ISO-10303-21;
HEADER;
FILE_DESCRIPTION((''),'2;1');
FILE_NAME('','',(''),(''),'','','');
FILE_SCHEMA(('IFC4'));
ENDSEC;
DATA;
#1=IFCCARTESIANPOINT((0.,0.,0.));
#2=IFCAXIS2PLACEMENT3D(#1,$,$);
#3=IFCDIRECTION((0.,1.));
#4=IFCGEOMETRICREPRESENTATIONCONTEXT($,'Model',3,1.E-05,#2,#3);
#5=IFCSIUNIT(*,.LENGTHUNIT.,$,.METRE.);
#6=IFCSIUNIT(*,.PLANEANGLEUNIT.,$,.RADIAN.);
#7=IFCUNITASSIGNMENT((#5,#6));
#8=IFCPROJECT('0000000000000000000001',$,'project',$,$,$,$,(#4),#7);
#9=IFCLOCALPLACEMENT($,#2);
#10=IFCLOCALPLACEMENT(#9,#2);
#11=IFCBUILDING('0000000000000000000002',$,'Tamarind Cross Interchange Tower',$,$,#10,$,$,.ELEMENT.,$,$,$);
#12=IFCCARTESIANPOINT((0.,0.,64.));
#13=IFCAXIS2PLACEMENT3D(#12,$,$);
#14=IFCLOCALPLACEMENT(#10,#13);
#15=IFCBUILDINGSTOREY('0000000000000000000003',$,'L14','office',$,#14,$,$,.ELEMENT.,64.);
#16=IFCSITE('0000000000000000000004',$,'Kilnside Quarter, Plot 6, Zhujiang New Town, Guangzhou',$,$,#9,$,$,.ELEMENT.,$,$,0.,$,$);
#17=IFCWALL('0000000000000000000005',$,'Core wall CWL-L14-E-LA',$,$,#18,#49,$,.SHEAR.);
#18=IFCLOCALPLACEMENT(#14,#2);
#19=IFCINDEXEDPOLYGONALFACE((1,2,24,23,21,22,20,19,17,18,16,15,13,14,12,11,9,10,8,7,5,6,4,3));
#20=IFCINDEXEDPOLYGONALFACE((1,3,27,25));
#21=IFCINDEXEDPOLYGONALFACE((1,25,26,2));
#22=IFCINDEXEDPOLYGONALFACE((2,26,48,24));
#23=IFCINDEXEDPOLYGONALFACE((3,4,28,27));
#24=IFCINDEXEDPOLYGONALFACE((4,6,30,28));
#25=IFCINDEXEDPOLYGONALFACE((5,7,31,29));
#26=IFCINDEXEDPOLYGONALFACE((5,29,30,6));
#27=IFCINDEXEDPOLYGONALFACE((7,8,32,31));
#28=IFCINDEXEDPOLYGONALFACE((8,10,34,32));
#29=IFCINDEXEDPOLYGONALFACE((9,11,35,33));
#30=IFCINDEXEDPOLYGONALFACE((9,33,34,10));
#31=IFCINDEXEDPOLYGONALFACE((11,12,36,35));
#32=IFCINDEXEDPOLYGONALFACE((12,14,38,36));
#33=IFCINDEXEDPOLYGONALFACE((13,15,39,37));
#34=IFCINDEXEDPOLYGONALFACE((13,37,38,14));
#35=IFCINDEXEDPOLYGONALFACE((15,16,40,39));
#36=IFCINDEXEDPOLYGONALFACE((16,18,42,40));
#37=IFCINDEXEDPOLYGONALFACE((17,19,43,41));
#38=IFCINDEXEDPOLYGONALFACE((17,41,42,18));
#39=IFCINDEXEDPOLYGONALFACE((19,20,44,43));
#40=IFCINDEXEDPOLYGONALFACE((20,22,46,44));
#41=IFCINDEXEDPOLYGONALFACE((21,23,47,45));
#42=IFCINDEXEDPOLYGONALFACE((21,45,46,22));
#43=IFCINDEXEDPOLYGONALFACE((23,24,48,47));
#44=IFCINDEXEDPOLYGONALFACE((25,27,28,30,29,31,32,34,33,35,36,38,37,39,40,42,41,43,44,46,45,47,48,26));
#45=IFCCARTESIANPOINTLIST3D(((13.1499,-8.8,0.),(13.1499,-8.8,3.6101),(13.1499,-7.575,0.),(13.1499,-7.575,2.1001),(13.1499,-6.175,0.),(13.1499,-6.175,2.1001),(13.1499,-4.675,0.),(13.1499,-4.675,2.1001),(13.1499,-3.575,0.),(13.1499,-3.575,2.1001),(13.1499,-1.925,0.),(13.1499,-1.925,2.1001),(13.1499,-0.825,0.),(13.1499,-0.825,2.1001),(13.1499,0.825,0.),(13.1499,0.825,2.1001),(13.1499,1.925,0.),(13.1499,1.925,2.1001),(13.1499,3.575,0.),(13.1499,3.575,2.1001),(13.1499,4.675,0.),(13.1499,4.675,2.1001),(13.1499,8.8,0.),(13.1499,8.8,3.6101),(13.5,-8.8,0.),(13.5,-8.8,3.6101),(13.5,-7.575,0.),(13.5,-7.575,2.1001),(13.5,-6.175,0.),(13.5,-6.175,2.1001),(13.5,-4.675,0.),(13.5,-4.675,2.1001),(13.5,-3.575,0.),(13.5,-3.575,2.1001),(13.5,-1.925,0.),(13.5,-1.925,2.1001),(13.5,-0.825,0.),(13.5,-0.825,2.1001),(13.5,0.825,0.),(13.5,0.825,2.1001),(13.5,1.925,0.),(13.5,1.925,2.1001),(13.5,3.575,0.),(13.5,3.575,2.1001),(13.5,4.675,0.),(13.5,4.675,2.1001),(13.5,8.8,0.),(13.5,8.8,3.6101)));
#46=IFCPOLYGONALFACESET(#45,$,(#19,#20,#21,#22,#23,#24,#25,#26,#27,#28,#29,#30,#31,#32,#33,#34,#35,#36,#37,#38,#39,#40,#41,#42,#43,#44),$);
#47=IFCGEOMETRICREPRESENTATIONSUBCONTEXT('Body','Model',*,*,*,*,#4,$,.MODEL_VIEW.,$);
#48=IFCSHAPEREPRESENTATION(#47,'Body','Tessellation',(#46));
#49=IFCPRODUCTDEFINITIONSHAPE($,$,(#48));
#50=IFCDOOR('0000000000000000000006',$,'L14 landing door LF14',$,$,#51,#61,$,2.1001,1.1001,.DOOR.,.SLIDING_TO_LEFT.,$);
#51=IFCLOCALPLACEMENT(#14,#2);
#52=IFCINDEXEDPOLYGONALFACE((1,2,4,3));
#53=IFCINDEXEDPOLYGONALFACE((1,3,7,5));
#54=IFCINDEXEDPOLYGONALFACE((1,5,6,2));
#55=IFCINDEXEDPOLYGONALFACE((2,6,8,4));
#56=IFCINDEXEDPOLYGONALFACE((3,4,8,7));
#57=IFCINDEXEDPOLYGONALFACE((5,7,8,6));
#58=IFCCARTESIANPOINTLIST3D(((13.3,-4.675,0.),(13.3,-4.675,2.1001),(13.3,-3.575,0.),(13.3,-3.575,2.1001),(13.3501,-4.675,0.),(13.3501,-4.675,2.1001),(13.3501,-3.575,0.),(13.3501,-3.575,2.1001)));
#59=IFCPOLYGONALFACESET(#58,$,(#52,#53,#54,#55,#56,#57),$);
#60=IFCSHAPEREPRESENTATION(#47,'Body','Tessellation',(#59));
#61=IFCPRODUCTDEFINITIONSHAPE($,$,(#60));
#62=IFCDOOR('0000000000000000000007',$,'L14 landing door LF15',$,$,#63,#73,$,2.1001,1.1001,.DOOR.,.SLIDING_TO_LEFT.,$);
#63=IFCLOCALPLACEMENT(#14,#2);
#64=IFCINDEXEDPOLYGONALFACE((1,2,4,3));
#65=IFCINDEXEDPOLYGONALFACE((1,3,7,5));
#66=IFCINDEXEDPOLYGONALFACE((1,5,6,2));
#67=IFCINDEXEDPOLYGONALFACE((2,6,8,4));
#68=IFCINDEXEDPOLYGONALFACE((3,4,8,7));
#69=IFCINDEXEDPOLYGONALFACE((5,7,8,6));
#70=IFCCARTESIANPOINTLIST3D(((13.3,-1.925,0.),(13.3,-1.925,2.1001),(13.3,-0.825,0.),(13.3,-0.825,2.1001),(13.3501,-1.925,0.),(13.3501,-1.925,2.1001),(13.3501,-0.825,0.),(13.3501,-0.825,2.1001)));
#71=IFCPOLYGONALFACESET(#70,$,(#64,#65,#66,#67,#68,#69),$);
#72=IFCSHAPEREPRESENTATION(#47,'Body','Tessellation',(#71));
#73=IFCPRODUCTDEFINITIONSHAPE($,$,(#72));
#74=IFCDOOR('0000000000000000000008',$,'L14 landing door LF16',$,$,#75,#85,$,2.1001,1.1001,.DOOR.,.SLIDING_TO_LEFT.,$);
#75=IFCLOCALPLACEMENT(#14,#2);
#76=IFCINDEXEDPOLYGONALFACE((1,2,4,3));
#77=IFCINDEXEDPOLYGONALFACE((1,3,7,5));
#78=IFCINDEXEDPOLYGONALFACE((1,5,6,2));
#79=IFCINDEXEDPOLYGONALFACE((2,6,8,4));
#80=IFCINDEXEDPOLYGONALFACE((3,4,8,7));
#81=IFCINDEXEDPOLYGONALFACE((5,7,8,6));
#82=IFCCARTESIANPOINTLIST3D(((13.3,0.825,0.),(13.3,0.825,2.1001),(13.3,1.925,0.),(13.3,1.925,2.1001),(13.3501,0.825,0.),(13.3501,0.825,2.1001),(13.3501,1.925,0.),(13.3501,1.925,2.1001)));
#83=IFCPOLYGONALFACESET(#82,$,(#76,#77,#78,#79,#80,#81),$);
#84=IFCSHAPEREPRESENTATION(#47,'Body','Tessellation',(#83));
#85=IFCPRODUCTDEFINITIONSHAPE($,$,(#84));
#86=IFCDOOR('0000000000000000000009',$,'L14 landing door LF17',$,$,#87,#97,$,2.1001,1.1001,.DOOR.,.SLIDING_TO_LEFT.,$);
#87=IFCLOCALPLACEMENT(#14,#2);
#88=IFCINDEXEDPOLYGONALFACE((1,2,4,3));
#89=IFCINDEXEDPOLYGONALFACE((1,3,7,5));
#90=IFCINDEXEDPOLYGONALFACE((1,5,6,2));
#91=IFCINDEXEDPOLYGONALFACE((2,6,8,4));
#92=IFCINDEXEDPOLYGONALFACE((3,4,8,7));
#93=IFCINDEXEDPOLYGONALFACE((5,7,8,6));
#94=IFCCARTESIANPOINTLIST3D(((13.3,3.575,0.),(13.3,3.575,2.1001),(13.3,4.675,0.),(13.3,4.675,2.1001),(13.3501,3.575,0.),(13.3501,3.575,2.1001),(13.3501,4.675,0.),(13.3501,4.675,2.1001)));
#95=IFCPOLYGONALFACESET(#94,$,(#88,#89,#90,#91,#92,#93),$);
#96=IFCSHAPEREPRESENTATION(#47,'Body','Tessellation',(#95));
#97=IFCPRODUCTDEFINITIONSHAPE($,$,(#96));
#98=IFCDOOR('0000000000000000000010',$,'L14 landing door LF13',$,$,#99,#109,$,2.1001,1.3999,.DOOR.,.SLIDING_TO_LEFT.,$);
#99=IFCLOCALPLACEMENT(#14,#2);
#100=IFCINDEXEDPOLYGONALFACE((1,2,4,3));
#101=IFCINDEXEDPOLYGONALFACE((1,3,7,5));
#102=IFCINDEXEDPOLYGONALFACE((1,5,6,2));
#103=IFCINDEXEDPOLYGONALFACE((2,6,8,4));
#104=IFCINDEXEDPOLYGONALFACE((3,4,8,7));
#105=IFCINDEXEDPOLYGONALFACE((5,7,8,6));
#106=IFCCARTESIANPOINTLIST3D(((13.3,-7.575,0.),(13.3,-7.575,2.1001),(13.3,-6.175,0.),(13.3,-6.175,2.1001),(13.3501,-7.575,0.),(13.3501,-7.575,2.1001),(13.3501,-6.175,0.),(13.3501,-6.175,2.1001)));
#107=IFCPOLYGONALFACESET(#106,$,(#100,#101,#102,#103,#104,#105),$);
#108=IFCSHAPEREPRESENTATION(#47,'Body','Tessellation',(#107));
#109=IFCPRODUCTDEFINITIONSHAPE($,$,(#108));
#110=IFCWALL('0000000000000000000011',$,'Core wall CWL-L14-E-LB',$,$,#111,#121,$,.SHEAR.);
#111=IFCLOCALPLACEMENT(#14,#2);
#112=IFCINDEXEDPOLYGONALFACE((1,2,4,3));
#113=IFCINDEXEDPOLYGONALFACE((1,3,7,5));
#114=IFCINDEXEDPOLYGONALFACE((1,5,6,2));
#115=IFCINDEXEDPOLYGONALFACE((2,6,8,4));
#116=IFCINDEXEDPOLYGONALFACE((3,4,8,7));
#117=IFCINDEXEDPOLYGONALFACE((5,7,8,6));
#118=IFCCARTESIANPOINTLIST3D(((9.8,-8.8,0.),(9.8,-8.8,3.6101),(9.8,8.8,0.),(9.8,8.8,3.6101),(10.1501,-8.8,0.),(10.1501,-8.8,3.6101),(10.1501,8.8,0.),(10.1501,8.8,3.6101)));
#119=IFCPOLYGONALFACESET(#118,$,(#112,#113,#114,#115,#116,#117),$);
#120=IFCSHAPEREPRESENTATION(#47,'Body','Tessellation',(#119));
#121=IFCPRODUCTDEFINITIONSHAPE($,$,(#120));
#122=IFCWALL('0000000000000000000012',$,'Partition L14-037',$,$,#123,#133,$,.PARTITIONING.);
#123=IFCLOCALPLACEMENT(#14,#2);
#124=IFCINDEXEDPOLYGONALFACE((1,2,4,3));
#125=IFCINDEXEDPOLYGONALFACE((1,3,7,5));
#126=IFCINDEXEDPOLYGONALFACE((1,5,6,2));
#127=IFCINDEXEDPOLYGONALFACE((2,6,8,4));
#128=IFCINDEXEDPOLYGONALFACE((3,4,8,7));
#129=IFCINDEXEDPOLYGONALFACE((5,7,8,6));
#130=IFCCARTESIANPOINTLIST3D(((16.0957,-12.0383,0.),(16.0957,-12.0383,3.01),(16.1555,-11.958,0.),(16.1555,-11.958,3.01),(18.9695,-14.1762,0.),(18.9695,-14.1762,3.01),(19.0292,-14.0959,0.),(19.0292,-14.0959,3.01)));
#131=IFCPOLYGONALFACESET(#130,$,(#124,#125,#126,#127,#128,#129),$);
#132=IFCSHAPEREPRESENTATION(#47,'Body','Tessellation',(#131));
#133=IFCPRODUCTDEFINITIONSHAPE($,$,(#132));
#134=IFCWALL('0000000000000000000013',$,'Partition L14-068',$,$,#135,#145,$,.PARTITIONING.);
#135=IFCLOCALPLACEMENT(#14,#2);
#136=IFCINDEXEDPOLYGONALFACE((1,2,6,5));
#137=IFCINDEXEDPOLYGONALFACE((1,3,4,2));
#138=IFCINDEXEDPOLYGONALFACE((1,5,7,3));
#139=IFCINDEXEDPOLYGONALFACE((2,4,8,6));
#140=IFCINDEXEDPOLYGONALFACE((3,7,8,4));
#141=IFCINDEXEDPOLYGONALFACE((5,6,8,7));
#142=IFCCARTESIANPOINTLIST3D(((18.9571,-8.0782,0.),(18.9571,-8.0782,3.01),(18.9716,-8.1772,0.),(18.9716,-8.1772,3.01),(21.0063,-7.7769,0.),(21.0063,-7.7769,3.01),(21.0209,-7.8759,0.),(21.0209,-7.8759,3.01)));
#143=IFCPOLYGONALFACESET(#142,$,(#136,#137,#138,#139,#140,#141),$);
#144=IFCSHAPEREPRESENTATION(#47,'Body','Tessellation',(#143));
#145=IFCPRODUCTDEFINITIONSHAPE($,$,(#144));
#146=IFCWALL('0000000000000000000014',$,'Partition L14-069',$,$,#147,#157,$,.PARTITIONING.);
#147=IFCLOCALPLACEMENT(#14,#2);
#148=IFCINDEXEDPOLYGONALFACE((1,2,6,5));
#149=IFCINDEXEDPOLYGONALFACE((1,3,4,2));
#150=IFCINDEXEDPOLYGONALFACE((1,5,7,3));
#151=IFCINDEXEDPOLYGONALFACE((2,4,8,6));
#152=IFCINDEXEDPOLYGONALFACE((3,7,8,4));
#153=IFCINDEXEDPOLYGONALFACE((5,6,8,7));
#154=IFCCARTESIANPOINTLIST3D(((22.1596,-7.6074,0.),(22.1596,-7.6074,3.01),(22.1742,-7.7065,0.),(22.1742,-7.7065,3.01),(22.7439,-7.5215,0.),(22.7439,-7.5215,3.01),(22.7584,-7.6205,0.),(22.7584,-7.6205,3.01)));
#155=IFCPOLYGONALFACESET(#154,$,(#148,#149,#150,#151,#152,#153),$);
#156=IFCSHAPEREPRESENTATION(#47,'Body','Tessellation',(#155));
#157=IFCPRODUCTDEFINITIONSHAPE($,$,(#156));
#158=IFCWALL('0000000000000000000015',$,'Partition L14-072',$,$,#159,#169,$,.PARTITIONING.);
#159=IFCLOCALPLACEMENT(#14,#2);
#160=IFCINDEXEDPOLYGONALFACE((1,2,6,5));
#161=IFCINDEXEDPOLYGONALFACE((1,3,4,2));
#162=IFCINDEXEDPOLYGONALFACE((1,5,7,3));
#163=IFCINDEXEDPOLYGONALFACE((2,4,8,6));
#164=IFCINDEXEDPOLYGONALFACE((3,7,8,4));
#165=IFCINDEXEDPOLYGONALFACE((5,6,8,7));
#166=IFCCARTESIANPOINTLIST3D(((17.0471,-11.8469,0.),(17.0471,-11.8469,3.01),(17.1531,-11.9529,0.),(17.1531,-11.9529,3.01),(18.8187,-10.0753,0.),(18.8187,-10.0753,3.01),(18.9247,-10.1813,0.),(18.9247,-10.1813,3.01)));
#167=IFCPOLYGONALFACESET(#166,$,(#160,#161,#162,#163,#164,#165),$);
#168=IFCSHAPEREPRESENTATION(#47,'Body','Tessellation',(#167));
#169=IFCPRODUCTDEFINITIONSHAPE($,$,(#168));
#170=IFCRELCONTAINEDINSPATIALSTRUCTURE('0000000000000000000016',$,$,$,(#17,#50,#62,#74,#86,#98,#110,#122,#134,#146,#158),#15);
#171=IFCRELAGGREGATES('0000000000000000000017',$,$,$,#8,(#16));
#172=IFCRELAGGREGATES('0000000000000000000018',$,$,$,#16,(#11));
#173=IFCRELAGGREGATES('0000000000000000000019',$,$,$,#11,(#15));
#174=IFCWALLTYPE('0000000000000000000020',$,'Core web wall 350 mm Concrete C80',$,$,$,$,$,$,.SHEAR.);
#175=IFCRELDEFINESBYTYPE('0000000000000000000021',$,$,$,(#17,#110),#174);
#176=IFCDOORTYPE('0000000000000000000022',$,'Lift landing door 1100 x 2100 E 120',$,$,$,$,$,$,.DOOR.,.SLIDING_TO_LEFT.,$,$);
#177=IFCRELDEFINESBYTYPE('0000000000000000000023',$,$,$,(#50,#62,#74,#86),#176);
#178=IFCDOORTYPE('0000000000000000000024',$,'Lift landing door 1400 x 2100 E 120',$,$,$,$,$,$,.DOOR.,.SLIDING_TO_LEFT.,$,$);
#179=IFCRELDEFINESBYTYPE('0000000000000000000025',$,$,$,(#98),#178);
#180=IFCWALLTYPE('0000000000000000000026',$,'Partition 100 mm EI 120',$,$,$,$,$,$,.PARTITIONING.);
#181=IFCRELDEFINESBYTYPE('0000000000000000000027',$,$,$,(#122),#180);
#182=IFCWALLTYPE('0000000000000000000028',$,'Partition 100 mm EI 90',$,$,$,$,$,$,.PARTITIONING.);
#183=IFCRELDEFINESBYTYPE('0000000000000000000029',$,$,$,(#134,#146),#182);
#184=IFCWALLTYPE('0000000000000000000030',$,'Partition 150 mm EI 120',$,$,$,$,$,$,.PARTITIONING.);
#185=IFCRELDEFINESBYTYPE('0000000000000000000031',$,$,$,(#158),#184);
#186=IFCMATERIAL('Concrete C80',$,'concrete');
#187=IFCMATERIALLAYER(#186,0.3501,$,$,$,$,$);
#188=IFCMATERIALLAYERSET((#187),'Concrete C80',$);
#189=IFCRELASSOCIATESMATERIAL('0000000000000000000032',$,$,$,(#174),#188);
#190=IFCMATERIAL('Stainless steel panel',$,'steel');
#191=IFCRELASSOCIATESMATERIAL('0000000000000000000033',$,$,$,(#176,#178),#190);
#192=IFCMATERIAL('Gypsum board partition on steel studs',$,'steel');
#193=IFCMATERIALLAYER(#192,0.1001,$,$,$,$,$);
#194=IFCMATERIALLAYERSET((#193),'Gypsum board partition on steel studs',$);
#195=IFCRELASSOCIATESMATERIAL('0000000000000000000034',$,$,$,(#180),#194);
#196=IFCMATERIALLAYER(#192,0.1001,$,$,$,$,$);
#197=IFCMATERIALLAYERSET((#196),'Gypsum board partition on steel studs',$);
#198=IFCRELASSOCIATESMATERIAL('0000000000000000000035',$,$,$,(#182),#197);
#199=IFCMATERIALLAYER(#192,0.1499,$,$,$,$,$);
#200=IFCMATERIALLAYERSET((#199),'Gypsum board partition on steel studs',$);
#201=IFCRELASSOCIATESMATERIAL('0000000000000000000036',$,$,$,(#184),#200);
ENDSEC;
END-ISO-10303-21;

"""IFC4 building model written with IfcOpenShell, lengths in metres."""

from ifc_helpers import new_model, si_unit, direction, frame, frame_2d, origin, place, context, subcontext, project, spatial, rectangle, extrude, material, layer, layer_set, type_object, element, fill, save


model = new_model("IFC4")

# Units and contexts
model_context = context("Model", 3, precision=1e-05, world=origin(), true_north=direction((0.0, 1.0)))
body_context = subcontext(model_context, "Body", "Model", "MODEL_VIEW")
ifc_project = project(units=[si_unit("LENGTHUNIT", "METRE"), si_unit("PLANEANGLEUNIT", "RADIAN")], contexts=[model_context])

# Site, building, storey
site_placement = place(None, origin())
site = spatial("IfcSite", under=ifc_project, at=site_placement, Name="Kilnside Quarter, Plot 6, Zhujiang New Town, Guangzhou", CompositionType="ELEMENT", RefElevation=0.0)
building_placement = place(site_placement, origin())
building = spatial("IfcBuilding", under=site, at=building_placement, Name="Tamarind Cross Interchange Tower", CompositionType="ELEMENT")
storey_placement = place(building_placement, frame((0.0, 0.0, 64.0)))
storey = spatial("IfcBuildingStorey", under=building, at=storey_placement, Name="L14", Description="office", CompositionType="ELEMENT", Elevation=64.0)

# Wall, openings, doors
ifc_material_1 = material(Name="Concrete C80", Category="concrete")
ifc_layer_1 = layer(ifc_material_1, 0.3501)
ifc_layer_set_1 = layer_set([ifc_layer_1], Name="Concrete C80")
wall_type_1 = type_object("IfcWallType", Name="Core web wall 350 mm Concrete C80", PredefinedType="SHEAR", material=ifc_layer_set_1)
wall_1_placement = place(storey_placement, frame((13.325, -8.8, 0.0), z_axis=(0.0, 0.0, 1.0), x_axis=(0.0, 1.0, 0.0)))
wall_1 = element("IfcWall", 1, at=wall_1_placement, inside=storey, type_object=wall_type_1, Name="Core wall CWL-L14-E-LA", PredefinedType="SHEAR", context=body_context, shape_type="SweptSolid", body=[
    extrude(rectangle(XDim=17.6001, YDim=0.3501, at=frame_2d((8.8, 0.0))), origin(), (0.0, 0.0, 1.0), 3.6101),
])
opening_1_placement = place(wall_1_placement, frame((1.2251, 0.0, 0.0)))
opening_1 = element("IfcOpeningElement", 2, at=opening_1_placement, cuts=wall_1, PredefinedType="OPENING", context=body_context, shape_type="SweptSolid", body=[
    extrude(rectangle(XDim=1.3999, YDim=2.1001, at=frame_2d((0.7, 1.05))), frame((0.0, 0.1851, 0.0), z_axis=(0.0, -1.0, 0.0), x_axis=(1.0, 0.0, 0.0)), (0.0, 0.0, 1.0), 0.3701),
])
opening_2_placement = place(wall_1_placement, frame((4.125, 0.0, 0.0)))
opening_2 = element("IfcOpeningElement", 3, at=opening_2_placement, cuts=wall_1, PredefinedType="OPENING", context=body_context, shape_type="SweptSolid", body=[
    extrude(rectangle(XDim=1.1001, YDim=2.1001, at=frame_2d((0.55, 1.05))), frame((0.0, 0.1851, 0.0), z_axis=(0.0, -1.0, 0.0), x_axis=(1.0, 0.0, 0.0)), (0.0, 0.0, 1.0), 0.3701),
])
opening_3_placement = place(wall_1_placement, frame((6.875, 0.0, 0.0)))
opening_3 = element("IfcOpeningElement", 4, at=opening_3_placement, cuts=wall_1, PredefinedType="OPENING", context=body_context, shape_type="SweptSolid", body=[
    extrude(rectangle(XDim=1.1001, YDim=2.1001, at=frame_2d((0.55, 1.05))), frame((0.0, 0.1851, 0.0), z_axis=(0.0, -1.0, 0.0), x_axis=(1.0, 0.0, 0.0)), (0.0, 0.0, 1.0), 0.3701),
])
opening_4_placement = place(wall_1_placement, frame((9.625, 0.0, 0.0)))
opening_4 = element("IfcOpeningElement", 5, at=opening_4_placement, cuts=wall_1, PredefinedType="OPENING", context=body_context, shape_type="SweptSolid", body=[
    extrude(rectangle(XDim=1.1001, YDim=2.1001, at=frame_2d((0.55, 1.05))), frame((0.0, 0.1851, 0.0), z_axis=(0.0, -1.0, 0.0), x_axis=(1.0, 0.0, 0.0)), (0.0, 0.0, 1.0), 0.3701),
])
opening_5_placement = place(wall_1_placement, frame((12.375, 0.0, 0.0)))
opening_5 = element("IfcOpeningElement", 6, at=opening_5_placement, cuts=wall_1, PredefinedType="OPENING", context=body_context, shape_type="SweptSolid", body=[
    extrude(rectangle(XDim=1.1001, YDim=2.1001, at=frame_2d((0.55, 1.05))), frame((0.0, 0.1851, 0.0), z_axis=(0.0, -1.0, 0.0), x_axis=(1.0, 0.0, 0.0)), (0.0, 0.0, 1.0), 0.3701),
])
ifc_material_2 = material(Name="Stainless steel panel", Category="steel")
door_type_1 = type_object("IfcDoorType", Name="Lift landing door 1100 x 2100 E 120", OperationType="SLIDING_TO_LEFT", PredefinedType="DOOR", material=ifc_material_2)
door_1_placement = place(opening_2_placement, origin())
door_1 = element("IfcDoor", 7, at=door_1_placement, inside=storey, type_object=door_type_1, Name="L14 landing door LF14", OperationType="SLIDING_TO_LEFT", OverallHeight=2.1001, OverallWidth=1.1001, PredefinedType="DOOR", context=body_context, shape_type="SweptSolid", body=[
    extrude(rectangle(XDim=1.1001, YDim=2.1001, at=frame_2d((0.55, 1.05))), frame((0.0, 0.0249, 0.0), z_axis=(0.0, -1.0, 0.0), x_axis=(1.0, 0.0, 0.0)), (0.0, 0.0, 1.0), 0.05),
])
fill(opening_2, door_1)
door_2_placement = place(opening_3_placement, origin())
door_2 = element("IfcDoor", 8, at=door_2_placement, inside=storey, type_object=door_type_1, Name="L14 landing door LF15", OperationType="SLIDING_TO_LEFT", OverallHeight=2.1001, OverallWidth=1.1001, PredefinedType="DOOR", context=body_context, shape_type="SweptSolid", body=[
    extrude(rectangle(XDim=1.1001, YDim=2.1001, at=frame_2d((0.55, 1.05))), frame((0.0, 0.0249, 0.0), z_axis=(0.0, -1.0, 0.0), x_axis=(1.0, 0.0, 0.0)), (0.0, 0.0, 1.0), 0.05),
])
fill(opening_3, door_2)
door_3_placement = place(opening_4_placement, origin())
door_3 = element("IfcDoor", 9, at=door_3_placement, inside=storey, type_object=door_type_1, Name="L14 landing door LF16", OperationType="SLIDING_TO_LEFT", OverallHeight=2.1001, OverallWidth=1.1001, PredefinedType="DOOR", context=body_context, shape_type="SweptSolid", body=[
    extrude(rectangle(XDim=1.1001, YDim=2.1001, at=frame_2d((0.55, 1.05))), frame((0.0, 0.0249, 0.0), z_axis=(0.0, -1.0, 0.0), x_axis=(1.0, 0.0, 0.0)), (0.0, 0.0, 1.0), 0.05),
])
fill(opening_4, door_3)
door_4_placement = place(opening_5_placement, origin())
door_4 = element("IfcDoor", 10, at=door_4_placement, inside=storey, type_object=door_type_1, Name="L14 landing door LF17", OperationType="SLIDING_TO_LEFT", OverallHeight=2.1001, OverallWidth=1.1001, PredefinedType="DOOR", context=body_context, shape_type="SweptSolid", body=[
    extrude(rectangle(XDim=1.1001, YDim=2.1001, at=frame_2d((0.55, 1.05))), frame((0.0, 0.0249, 0.0), z_axis=(0.0, -1.0, 0.0), x_axis=(1.0, 0.0, 0.0)), (0.0, 0.0, 1.0), 0.05),
])
fill(opening_5, door_4)
door_type_2 = type_object("IfcDoorType", Name="Lift landing door 1400 x 2100 E 120", OperationType="SLIDING_TO_LEFT", PredefinedType="DOOR", material=ifc_material_2)
door_5_placement = place(opening_1_placement, origin())
door_5 = element("IfcDoor", 11, at=door_5_placement, inside=storey, type_object=door_type_2, Name="L14 landing door LF13", OperationType="SLIDING_TO_LEFT", OverallHeight=2.1001, OverallWidth=1.3999, PredefinedType="DOOR", context=body_context, shape_type="SweptSolid", body=[
    extrude(rectangle(XDim=1.3999, YDim=2.1001, at=frame_2d((0.7, 1.05))), frame((0.0, 0.0249, 0.0), z_axis=(0.0, -1.0, 0.0), x_axis=(1.0, 0.0, 0.0)), (0.0, 0.0, 1.0), 0.05),
])
fill(opening_1, door_5)

# Walls
wall_2_placement = place(storey_placement, frame((9.9751, -8.8, 0.0), z_axis=(0.0, 0.0, 1.0), x_axis=(0.0, 1.0, 0.0)))
element("IfcWall", 12, at=wall_2_placement, inside=storey, type_object=wall_type_1, Name="Core wall CWL-L14-E-LB", PredefinedType="SHEAR", context=body_context, shape_type="SweptSolid", body=[
    extrude(rectangle(XDim=17.6001, YDim=0.3501, at=frame_2d((8.8, 0.0))), origin(), (0.0, 0.0, 1.0), 3.6101),
])
ifc_material_3 = material(Name="Gypsum board partition on steel studs", Category="steel")
ifc_layer_2 = layer(ifc_material_3, 0.1001)
ifc_layer_set_2 = layer_set([ifc_layer_2], Name="Gypsum board partition on steel studs")
wall_type_2 = type_object("IfcWallType", Name="Partition 100 mm EI 120", PredefinedType="PARTITIONING", material=ifc_layer_set_2)
wall_3_placement = place(storey_placement, frame((16.1255, -11.998, 0.0), z_axis=(0.0, 0.0, 1.0), x_axis=(0.802325, -0.596887, 0.0)))
element("IfcWall", 13, at=wall_3_placement, inside=storey, type_object=wall_type_2, Name="Partition L14-037", PredefinedType="PARTITIONING", context=body_context, shape_type="SweptSolid", body=[
    extrude(rectangle(XDim=3.5818, YDim=0.1001, at=frame_2d((1.791, 0.0))), origin(), (0.0, 0.0, 1.0), 3.01),
])
ifc_layer_3 = layer(ifc_material_3, 0.1001)
ifc_layer_set_3 = layer_set([ifc_layer_3], Name="Gypsum board partition on steel studs")
wall_type_3 = type_object("IfcWallType", Name="Partition 100 mm EI 90", PredefinedType="PARTITIONING", material=ifc_layer_set_3)
wall_4_placement = place(storey_placement, frame((18.9644, -8.1277, 0.0), z_axis=(0.0, 0.0, 1.0), x_axis=(0.989366, 0.145446, 0.0)))
element("IfcWall", 14, at=wall_4_placement, inside=storey, type_object=wall_type_3, Name="Partition L14-068", PredefinedType="PARTITIONING", context=body_context, shape_type="SweptSolid", body=[
    extrude(rectangle(XDim=2.0713, YDim=0.1001, at=frame_2d((1.0356, 0.0))), origin(), (0.0, 0.0, 1.0), 3.01),
])
wall_5_placement = place(storey_placement, frame((22.1667, -7.657, 0.0), z_axis=(0.0, 0.0, 1.0), x_axis=(0.989354, 0.14553, 0.0)))
element("IfcWall", 15, at=wall_5_placement, inside=storey, type_object=wall_type_3, Name="Partition L14-069", PredefinedType="PARTITIONING", context=body_context, shape_type="SweptSolid", body=[
    extrude(rectangle(XDim=0.5906, YDim=0.1001, at=frame_2d((0.2954, 0.0))), origin(), (0.0, 0.0, 1.0), 3.01),
])
ifc_layer_4 = layer(ifc_material_3, 0.1499)
ifc_layer_set_4 = layer_set([ifc_layer_4], Name="Gypsum board partition on steel studs")
wall_type_4 = type_object("IfcWallType", Name="Partition 150 mm EI 120", PredefinedType="PARTITIONING", material=ifc_layer_set_4)
wall_6_placement = place(storey_placement, frame((17.1001, -11.8999, 0.0), z_axis=(0.0, 0.0, 1.0), x_axis=(0.707107, 0.707107, 0.0)))
element("IfcWall", 16, at=wall_6_placement, inside=storey, type_object=wall_type_4, Name="Partition L14-072", PredefinedType="PARTITIONING", context=body_context, shape_type="SweptSolid", body=[
    extrude(rectangle(XDim=2.5054, YDim=0.1499, at=frame_2d((1.2527, 0.0))), origin(), (0.0, 0.0, 1.0), 3.01),
])

save(model, "model.ifc")
